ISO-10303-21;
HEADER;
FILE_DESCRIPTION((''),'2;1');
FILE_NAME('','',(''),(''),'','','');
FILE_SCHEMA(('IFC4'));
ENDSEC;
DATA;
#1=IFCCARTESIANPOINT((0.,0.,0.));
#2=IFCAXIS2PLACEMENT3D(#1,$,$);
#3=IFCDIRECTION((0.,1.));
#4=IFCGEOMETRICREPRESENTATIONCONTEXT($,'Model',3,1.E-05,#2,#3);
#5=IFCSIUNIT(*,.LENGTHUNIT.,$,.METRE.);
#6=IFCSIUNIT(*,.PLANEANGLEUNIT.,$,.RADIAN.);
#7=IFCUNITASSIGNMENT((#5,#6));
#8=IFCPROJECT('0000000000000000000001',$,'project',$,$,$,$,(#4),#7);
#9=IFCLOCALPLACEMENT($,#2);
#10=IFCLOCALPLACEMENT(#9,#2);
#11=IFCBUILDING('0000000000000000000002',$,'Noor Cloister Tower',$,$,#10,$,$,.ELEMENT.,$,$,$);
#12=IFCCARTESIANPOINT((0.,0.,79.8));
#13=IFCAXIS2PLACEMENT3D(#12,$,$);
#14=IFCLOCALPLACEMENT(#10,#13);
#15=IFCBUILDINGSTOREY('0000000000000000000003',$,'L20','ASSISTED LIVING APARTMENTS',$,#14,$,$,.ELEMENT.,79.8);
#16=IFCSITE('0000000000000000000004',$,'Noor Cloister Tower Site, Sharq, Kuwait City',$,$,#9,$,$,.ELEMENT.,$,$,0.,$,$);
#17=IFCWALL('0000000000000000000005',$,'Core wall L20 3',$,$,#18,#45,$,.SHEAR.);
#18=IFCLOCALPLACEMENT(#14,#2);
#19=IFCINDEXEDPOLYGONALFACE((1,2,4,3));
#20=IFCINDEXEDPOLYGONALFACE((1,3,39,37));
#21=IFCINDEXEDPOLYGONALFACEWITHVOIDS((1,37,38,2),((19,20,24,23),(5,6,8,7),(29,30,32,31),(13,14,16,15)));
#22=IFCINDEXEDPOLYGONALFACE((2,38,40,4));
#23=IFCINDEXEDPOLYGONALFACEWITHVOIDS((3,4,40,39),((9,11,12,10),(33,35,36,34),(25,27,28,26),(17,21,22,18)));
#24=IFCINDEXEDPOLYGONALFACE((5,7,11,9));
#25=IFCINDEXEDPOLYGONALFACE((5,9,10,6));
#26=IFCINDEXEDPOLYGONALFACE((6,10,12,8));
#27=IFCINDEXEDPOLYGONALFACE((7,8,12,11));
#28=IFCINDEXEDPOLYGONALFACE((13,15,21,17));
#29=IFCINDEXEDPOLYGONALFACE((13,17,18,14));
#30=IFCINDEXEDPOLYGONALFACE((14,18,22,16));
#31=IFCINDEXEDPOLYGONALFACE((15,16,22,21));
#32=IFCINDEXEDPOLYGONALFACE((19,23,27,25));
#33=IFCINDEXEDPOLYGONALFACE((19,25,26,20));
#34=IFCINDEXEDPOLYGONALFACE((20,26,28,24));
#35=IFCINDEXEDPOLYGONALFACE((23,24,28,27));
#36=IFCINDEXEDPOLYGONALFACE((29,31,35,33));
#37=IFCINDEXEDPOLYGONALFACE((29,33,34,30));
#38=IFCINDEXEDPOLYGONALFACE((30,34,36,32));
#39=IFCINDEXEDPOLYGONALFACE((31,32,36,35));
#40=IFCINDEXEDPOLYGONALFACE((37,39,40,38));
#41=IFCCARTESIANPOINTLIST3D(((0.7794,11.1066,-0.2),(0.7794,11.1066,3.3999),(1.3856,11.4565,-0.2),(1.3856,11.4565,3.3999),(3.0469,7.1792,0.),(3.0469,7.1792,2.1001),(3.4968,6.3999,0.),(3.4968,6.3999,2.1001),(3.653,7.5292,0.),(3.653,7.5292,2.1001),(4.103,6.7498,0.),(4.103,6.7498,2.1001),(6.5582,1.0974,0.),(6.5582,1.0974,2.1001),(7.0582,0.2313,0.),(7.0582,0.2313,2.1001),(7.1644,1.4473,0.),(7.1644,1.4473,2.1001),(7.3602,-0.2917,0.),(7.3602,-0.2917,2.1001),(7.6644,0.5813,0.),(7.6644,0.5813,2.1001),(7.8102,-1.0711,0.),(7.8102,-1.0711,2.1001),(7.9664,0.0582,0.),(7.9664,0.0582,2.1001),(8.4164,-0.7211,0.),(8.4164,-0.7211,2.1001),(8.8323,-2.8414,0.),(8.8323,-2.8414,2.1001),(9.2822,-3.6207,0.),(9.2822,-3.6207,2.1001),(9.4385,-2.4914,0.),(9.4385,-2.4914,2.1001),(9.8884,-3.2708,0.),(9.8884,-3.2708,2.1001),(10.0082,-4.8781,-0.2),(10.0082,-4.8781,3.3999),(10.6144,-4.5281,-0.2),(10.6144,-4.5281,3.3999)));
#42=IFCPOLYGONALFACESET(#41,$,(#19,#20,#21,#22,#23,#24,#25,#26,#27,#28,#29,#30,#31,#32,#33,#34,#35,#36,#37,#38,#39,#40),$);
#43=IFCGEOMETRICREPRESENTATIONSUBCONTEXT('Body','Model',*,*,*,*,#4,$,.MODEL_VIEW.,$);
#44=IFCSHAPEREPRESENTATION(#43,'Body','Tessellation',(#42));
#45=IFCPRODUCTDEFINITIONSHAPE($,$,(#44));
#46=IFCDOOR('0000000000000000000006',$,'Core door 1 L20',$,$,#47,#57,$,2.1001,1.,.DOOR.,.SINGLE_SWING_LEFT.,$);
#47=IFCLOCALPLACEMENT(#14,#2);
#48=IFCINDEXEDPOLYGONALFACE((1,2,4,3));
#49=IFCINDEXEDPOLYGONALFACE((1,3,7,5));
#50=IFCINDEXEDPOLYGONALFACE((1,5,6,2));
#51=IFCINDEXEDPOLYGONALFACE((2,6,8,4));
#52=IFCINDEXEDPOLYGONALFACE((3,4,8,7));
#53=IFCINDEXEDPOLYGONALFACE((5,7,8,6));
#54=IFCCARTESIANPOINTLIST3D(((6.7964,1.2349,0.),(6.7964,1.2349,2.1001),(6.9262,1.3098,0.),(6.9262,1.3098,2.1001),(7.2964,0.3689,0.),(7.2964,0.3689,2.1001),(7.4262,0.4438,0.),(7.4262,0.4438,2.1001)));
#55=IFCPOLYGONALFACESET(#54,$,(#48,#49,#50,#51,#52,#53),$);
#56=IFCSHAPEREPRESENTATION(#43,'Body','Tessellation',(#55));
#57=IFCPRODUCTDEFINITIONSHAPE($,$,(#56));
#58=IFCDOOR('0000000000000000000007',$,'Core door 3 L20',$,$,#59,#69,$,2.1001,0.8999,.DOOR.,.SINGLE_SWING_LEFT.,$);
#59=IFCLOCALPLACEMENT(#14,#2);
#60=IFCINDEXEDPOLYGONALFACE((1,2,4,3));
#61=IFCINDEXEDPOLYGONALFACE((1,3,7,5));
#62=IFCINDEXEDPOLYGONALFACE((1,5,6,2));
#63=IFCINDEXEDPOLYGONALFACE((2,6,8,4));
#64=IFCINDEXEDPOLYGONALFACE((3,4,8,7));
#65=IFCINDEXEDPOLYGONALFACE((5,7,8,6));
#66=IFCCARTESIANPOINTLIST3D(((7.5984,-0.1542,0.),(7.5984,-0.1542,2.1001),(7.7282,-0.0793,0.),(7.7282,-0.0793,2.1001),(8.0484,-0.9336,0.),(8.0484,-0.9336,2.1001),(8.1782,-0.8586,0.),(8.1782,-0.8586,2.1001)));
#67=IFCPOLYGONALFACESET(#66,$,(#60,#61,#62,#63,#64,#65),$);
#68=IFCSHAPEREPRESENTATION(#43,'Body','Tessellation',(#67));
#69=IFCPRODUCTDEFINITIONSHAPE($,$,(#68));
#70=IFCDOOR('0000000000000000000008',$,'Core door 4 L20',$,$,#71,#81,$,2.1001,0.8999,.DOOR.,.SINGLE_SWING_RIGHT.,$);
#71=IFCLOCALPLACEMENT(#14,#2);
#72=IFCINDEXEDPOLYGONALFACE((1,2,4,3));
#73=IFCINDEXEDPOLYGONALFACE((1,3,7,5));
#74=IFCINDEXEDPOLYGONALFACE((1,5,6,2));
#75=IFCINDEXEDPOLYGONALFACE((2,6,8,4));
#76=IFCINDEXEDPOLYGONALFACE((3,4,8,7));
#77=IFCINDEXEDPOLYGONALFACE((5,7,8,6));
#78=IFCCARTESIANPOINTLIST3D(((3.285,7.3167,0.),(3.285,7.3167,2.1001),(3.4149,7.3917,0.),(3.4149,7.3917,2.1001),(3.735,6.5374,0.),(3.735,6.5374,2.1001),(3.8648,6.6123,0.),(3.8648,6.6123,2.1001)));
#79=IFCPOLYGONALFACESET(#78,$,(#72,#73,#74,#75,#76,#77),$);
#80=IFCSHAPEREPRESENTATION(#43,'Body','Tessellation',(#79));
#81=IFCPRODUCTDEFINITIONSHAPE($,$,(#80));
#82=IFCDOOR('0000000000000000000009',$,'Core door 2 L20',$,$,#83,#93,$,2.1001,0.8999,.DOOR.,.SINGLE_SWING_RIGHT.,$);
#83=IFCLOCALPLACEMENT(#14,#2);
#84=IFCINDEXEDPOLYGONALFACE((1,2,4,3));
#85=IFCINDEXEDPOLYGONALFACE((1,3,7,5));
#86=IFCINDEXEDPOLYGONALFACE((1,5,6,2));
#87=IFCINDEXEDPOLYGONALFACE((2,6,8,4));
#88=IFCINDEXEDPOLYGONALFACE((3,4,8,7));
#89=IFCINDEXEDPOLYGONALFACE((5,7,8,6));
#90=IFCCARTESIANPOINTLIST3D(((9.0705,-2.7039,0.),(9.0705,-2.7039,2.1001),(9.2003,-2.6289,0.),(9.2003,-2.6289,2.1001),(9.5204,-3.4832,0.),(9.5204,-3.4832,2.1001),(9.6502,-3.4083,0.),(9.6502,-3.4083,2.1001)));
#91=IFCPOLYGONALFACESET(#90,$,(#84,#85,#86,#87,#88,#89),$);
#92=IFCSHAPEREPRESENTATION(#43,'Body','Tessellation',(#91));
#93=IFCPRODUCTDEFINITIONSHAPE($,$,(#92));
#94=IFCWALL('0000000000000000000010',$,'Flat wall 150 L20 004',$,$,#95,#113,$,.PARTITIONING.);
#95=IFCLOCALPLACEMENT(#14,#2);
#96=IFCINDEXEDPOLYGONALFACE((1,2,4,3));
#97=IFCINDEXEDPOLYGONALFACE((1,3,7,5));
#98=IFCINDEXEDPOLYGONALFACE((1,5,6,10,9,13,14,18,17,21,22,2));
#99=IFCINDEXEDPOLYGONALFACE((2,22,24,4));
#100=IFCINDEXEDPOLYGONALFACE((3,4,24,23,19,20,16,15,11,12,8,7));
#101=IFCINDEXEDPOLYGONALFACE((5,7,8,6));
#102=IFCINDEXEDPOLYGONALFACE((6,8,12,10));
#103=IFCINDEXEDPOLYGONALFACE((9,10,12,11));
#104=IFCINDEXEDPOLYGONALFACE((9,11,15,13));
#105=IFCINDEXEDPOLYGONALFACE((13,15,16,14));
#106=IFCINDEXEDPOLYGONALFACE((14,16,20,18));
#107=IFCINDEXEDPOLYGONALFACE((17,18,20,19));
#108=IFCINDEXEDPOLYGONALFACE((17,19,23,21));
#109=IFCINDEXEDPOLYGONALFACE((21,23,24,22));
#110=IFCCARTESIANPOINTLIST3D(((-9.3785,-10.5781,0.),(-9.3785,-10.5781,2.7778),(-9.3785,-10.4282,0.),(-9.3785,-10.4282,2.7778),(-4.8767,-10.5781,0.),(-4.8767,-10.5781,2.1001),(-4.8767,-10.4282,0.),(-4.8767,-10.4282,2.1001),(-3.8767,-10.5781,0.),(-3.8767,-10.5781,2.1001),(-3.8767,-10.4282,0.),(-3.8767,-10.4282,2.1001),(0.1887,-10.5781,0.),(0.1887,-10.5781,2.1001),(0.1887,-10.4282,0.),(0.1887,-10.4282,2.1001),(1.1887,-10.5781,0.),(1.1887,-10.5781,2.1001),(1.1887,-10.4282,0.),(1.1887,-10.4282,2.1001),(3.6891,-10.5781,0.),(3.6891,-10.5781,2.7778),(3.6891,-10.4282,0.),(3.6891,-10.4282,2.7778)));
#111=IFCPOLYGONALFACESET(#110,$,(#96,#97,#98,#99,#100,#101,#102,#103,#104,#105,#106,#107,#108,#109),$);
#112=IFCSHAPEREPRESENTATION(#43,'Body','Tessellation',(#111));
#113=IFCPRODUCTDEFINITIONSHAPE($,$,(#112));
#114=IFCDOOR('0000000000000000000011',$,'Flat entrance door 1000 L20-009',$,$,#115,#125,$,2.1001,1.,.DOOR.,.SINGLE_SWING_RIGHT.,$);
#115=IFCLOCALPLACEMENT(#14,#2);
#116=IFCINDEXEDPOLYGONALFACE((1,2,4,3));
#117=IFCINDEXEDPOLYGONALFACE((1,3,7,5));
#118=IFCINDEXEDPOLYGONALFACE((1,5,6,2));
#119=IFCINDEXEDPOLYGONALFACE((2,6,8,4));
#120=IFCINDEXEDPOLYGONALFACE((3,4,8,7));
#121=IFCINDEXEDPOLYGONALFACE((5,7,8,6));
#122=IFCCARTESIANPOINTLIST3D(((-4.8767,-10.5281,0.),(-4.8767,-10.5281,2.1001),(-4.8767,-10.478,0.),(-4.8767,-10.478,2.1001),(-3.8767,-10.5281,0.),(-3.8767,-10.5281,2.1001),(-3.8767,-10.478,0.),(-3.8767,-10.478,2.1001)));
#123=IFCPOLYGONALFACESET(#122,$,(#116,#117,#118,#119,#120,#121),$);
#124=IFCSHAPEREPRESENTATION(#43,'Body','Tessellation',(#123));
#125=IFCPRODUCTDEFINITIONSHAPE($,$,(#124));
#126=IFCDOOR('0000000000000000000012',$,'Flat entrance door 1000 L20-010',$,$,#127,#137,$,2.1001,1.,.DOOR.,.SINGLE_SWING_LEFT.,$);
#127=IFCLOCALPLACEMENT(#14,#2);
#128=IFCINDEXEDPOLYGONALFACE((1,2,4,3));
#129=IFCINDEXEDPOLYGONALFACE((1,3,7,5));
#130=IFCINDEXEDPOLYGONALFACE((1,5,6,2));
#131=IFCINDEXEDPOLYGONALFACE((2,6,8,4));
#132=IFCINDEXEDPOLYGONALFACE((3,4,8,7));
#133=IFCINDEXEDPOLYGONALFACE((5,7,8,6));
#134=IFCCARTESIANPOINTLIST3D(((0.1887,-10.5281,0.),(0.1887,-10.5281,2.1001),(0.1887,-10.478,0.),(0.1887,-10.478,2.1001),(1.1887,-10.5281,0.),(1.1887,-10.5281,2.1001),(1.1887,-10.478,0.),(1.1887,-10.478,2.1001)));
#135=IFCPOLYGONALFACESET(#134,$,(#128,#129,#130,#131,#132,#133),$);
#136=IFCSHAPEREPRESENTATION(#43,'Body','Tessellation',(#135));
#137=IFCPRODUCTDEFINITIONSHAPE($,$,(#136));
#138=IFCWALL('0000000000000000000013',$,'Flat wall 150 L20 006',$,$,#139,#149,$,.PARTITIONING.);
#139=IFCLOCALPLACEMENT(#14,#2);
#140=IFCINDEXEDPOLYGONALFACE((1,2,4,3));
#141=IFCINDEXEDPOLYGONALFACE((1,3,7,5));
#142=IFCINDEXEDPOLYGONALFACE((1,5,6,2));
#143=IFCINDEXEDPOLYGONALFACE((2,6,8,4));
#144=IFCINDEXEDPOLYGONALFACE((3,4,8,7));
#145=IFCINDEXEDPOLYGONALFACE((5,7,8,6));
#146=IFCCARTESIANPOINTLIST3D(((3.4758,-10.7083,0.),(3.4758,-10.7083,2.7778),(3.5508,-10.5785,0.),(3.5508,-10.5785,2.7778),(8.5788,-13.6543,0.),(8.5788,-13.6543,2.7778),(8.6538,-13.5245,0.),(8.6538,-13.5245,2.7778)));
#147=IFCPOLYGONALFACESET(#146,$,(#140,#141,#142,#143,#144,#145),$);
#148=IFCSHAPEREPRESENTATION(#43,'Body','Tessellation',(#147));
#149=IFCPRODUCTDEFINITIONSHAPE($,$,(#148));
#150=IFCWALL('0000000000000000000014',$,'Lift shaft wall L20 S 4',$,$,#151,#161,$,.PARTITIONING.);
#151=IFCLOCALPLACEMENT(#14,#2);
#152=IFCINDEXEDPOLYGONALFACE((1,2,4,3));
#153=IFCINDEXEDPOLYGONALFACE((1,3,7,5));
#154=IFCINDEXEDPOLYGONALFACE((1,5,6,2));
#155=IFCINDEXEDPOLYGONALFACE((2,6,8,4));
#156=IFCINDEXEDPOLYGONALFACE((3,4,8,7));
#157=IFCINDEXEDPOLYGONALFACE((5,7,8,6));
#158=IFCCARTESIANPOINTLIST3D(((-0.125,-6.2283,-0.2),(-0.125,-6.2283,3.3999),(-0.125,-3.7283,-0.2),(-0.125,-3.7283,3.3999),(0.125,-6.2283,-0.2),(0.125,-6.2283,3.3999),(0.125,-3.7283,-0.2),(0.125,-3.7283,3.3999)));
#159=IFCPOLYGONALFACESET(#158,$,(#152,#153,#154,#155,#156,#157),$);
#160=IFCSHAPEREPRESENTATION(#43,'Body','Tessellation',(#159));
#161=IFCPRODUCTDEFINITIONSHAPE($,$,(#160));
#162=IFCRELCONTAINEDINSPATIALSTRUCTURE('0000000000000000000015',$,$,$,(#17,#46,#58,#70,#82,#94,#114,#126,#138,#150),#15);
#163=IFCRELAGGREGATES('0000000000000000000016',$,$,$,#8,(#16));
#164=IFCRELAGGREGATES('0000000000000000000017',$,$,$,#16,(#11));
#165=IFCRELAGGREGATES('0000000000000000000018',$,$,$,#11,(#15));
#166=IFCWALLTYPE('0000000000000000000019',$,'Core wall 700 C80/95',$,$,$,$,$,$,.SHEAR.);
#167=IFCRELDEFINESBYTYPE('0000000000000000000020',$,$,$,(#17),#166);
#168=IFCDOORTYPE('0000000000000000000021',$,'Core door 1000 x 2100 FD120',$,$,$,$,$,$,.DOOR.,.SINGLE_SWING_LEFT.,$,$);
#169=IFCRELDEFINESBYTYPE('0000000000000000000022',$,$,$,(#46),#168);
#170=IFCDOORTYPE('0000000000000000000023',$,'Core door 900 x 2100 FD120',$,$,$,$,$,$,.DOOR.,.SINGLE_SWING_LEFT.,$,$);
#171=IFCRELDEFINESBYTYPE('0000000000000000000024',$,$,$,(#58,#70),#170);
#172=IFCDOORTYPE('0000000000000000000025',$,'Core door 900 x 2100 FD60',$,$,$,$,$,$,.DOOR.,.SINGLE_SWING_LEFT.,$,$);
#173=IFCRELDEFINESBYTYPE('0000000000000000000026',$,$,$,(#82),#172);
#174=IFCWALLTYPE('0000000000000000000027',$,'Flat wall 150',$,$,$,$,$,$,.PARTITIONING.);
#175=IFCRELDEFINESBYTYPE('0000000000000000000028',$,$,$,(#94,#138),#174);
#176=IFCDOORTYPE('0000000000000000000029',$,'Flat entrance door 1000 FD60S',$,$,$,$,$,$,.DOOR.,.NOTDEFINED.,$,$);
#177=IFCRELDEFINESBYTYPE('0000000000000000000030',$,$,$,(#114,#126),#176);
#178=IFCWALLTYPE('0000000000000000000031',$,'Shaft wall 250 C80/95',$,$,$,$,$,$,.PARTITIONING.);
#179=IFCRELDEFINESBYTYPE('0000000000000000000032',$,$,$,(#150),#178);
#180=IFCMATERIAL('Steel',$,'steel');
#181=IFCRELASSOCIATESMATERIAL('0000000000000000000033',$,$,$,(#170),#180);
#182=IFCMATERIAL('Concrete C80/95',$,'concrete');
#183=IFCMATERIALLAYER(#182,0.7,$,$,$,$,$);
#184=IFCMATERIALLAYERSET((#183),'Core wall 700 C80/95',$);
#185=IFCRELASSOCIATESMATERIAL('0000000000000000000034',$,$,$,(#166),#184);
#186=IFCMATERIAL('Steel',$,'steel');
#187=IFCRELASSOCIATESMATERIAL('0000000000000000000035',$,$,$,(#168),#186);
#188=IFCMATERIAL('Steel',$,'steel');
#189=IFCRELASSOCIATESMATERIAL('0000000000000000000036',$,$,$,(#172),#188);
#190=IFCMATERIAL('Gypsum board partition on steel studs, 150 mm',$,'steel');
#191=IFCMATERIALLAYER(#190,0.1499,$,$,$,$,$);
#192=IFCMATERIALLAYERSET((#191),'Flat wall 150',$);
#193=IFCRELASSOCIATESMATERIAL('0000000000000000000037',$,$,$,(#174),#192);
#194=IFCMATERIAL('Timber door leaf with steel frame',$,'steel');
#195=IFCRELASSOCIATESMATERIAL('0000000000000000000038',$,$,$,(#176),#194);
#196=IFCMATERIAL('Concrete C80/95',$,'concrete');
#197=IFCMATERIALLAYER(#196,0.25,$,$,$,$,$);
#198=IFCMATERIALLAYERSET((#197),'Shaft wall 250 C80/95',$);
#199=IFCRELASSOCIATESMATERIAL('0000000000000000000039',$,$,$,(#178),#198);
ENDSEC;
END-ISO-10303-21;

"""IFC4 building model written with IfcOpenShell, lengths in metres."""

from ifc_helpers import new_model, si_unit, direction, frame, frame_2d, origin, place, context, subcontext, project, spatial, rectangle, extrude, material, layer, layer_set, type_object, element, fill, save


model = new_model("IFC4")

# Units and contexts
model_context = context("Model", 3, precision=1e-05, world=origin(), true_north=direction((0.0, 1.0)))
body_context = subcontext(model_context, "Body", "Model", "MODEL_VIEW")
ifc_project = project(units=[si_unit("LENGTHUNIT", "METRE"), si_unit("PLANEANGLEUNIT", "RADIAN")], contexts=[model_context])

# Site, building, storey
site_placement = place(None, origin())
site = spatial("IfcSite", under=ifc_project, at=site_placement, Name="Noor Cloister Tower Site, Sharq, Kuwait City", CompositionType="ELEMENT", RefElevation=0.0)
building_placement = place(site_placement, origin())
building = spatial("IfcBuilding", under=site, at=building_placement, Name="Noor Cloister Tower", CompositionType="ELEMENT")
storey_placement = place(building_placement, frame((0.0, 0.0, 79.8)))
storey = spatial("IfcBuildingStorey", under=building, at=storey_placement, Name="L20", Description="ASSISTED LIVING APARTMENTS", CompositionType="ELEMENT", Elevation=79.8)

# Shared definitions
ifc_material_1 = material(Name="Steel", Category="steel")
door_type_1 = type_object("IfcDoorType", Name="Core door 900 x 2100 FD120", OperationType="SINGLE_SWING_LEFT", PredefinedType="DOOR", material=ifc_material_1)

# Shared definitions
ifc_material_2 = material(Name="Concrete C80/95", Category="concrete")
ifc_layer_1 = layer(ifc_material_2, 0.7)
ifc_layer_set_1 = layer_set([ifc_layer_1], Name="Core wall 700 C80/95")
wall_type_1 = type_object("IfcWallType", Name="Core wall 700 C80/95", PredefinedType="SHEAR", material=ifc_layer_set_1)

# Walls, openings, doors
wall_1_placement = place(storey_placement, frame((10.3113, -4.7031, -0.2), z_axis=(0.0, 0.0, 1.0), x_axis=(-0.500001, 0.866025, 0.0)))
wall_1 = element("IfcWall", 1, at=wall_1_placement, inside=storey, type_object=wall_type_1, Name="Core wall L20 3", PredefinedType="SHEAR", context=body_context, shape_type="SweptSolid", body=[
    extrude(rectangle(XDim=18.4575, YDim=0.7, at=frame_2d((9.2288, 0.0))), origin(), (0.0, 0.0, 1.0), 3.5999),
])
opening_1_placement = place(wall_1_placement, frame((5.8999, 0.0, 0.2)))
opening_1 = element("IfcOpeningElement", 2, at=opening_1_placement, cuts=wall_1, PredefinedType="OPENING", context=body_context, shape_type="SweptSolid", body=[
    extrude(rectangle(XDim=1.0, YDim=2.1001, at=frame_2d((0.5, 1.05))), frame((0.0, 0.3599, 0.0), z_axis=(0.0, -1.0, 0.0), x_axis=(1.0, 0.0, 0.0)), (0.0, 0.0, 1.0), 0.72),
])
opening_2_placement = place(wall_1_placement, frame((1.4519, 0.0, 0.2)))
opening_2 = element("IfcOpeningElement", 3, at=opening_2_placement, cuts=wall_1, PredefinedType="OPENING", context=body_context, shape_type="SweptSolid", body=[
    extrude(rectangle(XDim=0.8999, YDim=2.1001, at=frame_2d((0.45, 1.05))), frame((0.0, 0.3599, 0.0), z_axis=(0.0, -1.0, 0.0), x_axis=(1.0, 0.0, 0.0)), (0.0, 0.0, 1.0), 0.72),
])
opening_3_placement = place(wall_1_placement, frame((4.396, 0.0, 0.2)))
opening_3 = element("IfcOpeningElement", 4, at=opening_3_placement, cuts=wall_1, PredefinedType="OPENING", context=body_context, shape_type="SweptSolid", body=[
    extrude(rectangle(XDim=0.8999, YDim=2.1001, at=frame_2d((0.45, 1.05))), frame((0.0, 0.3599, 0.0), z_axis=(0.0, -1.0, 0.0), x_axis=(1.0, 0.0, 0.0)), (0.0, 0.0, 1.0), 0.72),
])
opening_4_placement = place(wall_1_placement, frame((13.0227, 0.0, 0.2)))
opening_4 = element("IfcOpeningElement", 5, at=opening_4_placement, cuts=wall_1, PredefinedType="OPENING", context=body_context, shape_type="SweptSolid", body=[
    extrude(rectangle(XDim=0.8999, YDim=2.1001, at=frame_2d((0.45, 1.05))), frame((0.0, 0.3599, 0.0), z_axis=(0.0, -1.0, 0.0), x_axis=(1.0, 0.0, 0.0)), (0.0, 0.0, 1.0), 0.72),
])
ifc_material_3 = material(Name="Steel", Category="steel")
door_type_2 = type_object("IfcDoorType", Name="Core door 1000 x 2100 FD120", OperationType="SINGLE_SWING_LEFT", PredefinedType="DOOR", material=ifc_material_3)
door_1_placement = place(opening_1_placement, origin())
door_1 = element("IfcDoor", 6, at=door_1_placement, inside=storey, type_object=door_type_2, Name="Core door 1 L20", OperationType="SINGLE_SWING_LEFT", OverallHeight=2.1001, OverallWidth=1.0, PredefinedType="DOOR", context=body_context, shape_type="SweptSolid", body=[
    extrude(rectangle(XDim=1.0, YDim=2.1001, at=frame_2d((0.5, 1.05))), frame((0.0, 0.075, 0.0), z_axis=(0.0, -1.0, 0.0), x_axis=(1.0, 0.0, 0.0)), (0.0, 0.0, 1.0), 0.1499),
])
fill(opening_1, door_1)
door_2_placement = place(opening_3_placement, origin())
door_2 = element("IfcDoor", 7, at=door_2_placement, inside=storey, type_object=door_type_1, Name="Core door 3 L20", OperationType="SINGLE_SWING_LEFT", OverallHeight=2.1001, OverallWidth=0.8999, PredefinedType="DOOR", context=body_context, shape_type="SweptSolid", body=[
    extrude(rectangle(XDim=0.8999, YDim=2.1001, at=frame_2d((0.45, 1.05))), frame((0.0, 0.075, 0.0), z_axis=(0.0, -1.0, 0.0), x_axis=(1.0, 0.0, 0.0)), (0.0, 0.0, 1.0), 0.1499),
])
fill(opening_3, door_2)
door_3_placement = place(opening_4_placement, origin())
door_3 = element("IfcDoor", 8, at=door_3_placement, inside=storey, type_object=door_type_1, Name="Core door 4 L20", OperationType="SINGLE_SWING_RIGHT", OverallHeight=2.1001, OverallWidth=0.8999, PredefinedType="DOOR", context=body_context, shape_type="SweptSolid", body=[
    extrude(rectangle(XDim=0.8999, YDim=2.1001, at=frame_2d((0.45, 1.05))), frame((0.0, 0.075, 0.0), z_axis=(0.0, -1.0, 0.0), x_axis=(1.0, 0.0, 0.0)), (0.0, 0.0, 1.0), 0.1499),
])
fill(opening_4, door_3)
ifc_material_4 = material(Name="Steel", Category="steel")
door_type_3 = type_object("IfcDoorType", Name="Core door 900 x 2100 FD60", OperationType="SINGLE_SWING_LEFT", PredefinedType="DOOR", material=ifc_material_4)
door_4_placement = place(opening_2_placement, origin())
door_4 = element("IfcDoor", 9, at=door_4_placement, inside=storey, type_object=door_type_3, Name="Core door 2 L20", OperationType="SINGLE_SWING_RIGHT", OverallHeight=2.1001, OverallWidth=0.8999, PredefinedType="DOOR", context=body_context, shape_type="SweptSolid", body=[
    extrude(rectangle(XDim=0.8999, YDim=2.1001, at=frame_2d((0.45, 1.05))), frame((0.0, 0.075, 0.0), z_axis=(0.0, -1.0, 0.0), x_axis=(1.0, 0.0, 0.0)), (0.0, 0.0, 1.0), 0.1499),
])
fill(opening_2, door_4)
ifc_material_5 = material(Name="Gypsum board partition on steel studs, 150 mm", Category="steel")
ifc_layer_2 = layer(ifc_material_5, 0.1499)
ifc_layer_set_2 = layer_set([ifc_layer_2], Name="Flat wall 150")
wall_type_2 = type_object("IfcWallType", Name="Flat wall 150", PredefinedType="PARTITIONING", material=ifc_layer_set_2)
wall_2_placement = place(storey_placement, frame((3.689, -10.5032, 0.0), z_axis=(0.0, 0.0, 1.0), x_axis=(-1.0, 0.0, 0.0)))
wall_2 = element("IfcWall", 10, at=wall_2_placement, inside=storey, type_object=wall_type_2, Name="Flat wall 150 L20 004", PredefinedType="PARTITIONING", context=body_context, shape_type="SweptSolid", body=[
    extrude(rectangle(XDim=13.0676, YDim=0.1499, at=frame_2d((6.5337, 0.0))), origin(), (0.0, 0.0, 1.0), 2.7778),
])
opening_5_placement = place(wall_2_placement, frame((7.5657, 0.0, 0.0)))
opening_5 = element("IfcOpeningElement", 11, at=opening_5_placement, cuts=wall_2, PredefinedType="OPENING", context=body_context, shape_type="SweptSolid", body=[
    extrude(rectangle(XDim=1.0, YDim=2.1001, at=frame_2d((0.5, 1.05))), frame((0.0, 0.085, 0.0), z_axis=(0.0, -1.0, 0.0), x_axis=(1.0, 0.0, 0.0)), (0.0, 0.0, 1.0), 0.1699),
])
opening_6_placement = place(wall_2_placement, frame((2.5002, 0.0, 0.0)))
opening_6 = element("IfcOpeningElement", 12, at=opening_6_placement, cuts=wall_2, PredefinedType="OPENING", context=body_context, shape_type="SweptSolid", body=[
    extrude(rectangle(XDim=1.0, YDim=2.1001, at=frame_2d((0.5, 1.05))), frame((0.0, 0.085, 0.0), z_axis=(0.0, -1.0, 0.0), x_axis=(1.0, 0.0, 0.0)), (0.0, 0.0, 1.0), 0.1699),
])
ifc_material_6 = material(Name="Timber door leaf with steel frame", Category="steel")
door_type_4 = type_object("IfcDoorType", Name="Flat entrance door 1000 FD60S", OperationType="NOTDEFINED", PredefinedType="DOOR", material=ifc_material_6)
door_5_placement = place(opening_5_placement, origin())
door_5 = element("IfcDoor", 13, at=door_5_placement, inside=storey, type_object=door_type_4, Name="Flat entrance door 1000 L20-009", OperationType="SINGLE_SWING_RIGHT", OverallHeight=2.1001, OverallWidth=1.0, PredefinedType="DOOR", context=body_context, shape_type="SweptSolid", body=[
    extrude(rectangle(XDim=1.0, YDim=2.1001, at=frame_2d((0.5, 1.05))), frame((0.0, 0.0249, 0.0), z_axis=(0.0, -1.0, 0.0), x_axis=(1.0, 0.0, 0.0)), (0.0, 0.0, 1.0), 0.05),
])
fill(opening_5, door_5)
door_6_placement = place(opening_6_placement, origin())
door_6 = element("IfcDoor", 14, at=door_6_placement, inside=storey, type_object=door_type_4, Name="Flat entrance door 1000 L20-010", OperationType="SINGLE_SWING_LEFT", OverallHeight=2.1001, OverallWidth=1.0, PredefinedType="DOOR", context=body_context, shape_type="SweptSolid", body=[
    extrude(rectangle(XDim=1.0, YDim=2.1001, at=frame_2d((0.5, 1.05))), frame((0.0, 0.0249, 0.0), z_axis=(0.0, -1.0, 0.0), x_axis=(1.0, 0.0, 0.0)), (0.0, 0.0, 1.0), 0.05),
])
fill(opening_6, door_6)

# Walls
wall_3_placement = place(storey_placement, frame((3.5132, -10.6433, 0.0), z_axis=(0.0, 0.0, 1.0), x_axis=(0.866039, -0.499976, 0.0)))
element("IfcWall", 15, at=wall_3_placement, inside=storey, type_object=wall_type_2, Name="Flat wall 150 L20 006", PredefinedType="PARTITIONING", context=body_context, shape_type="SweptSolid", body=[
    extrude(rectangle(XDim=5.8923, YDim=0.1499, at=frame_2d((2.9463, 0.0))), origin(), (0.0, 0.0, 1.0), 2.7778),
])
ifc_material_7 = material(Name="Concrete C80/95", Category="concrete")
ifc_layer_3 = layer(ifc_material_7, 0.25)
ifc_layer_set_3 = layer_set([ifc_layer_3], Name="Shaft wall 250 C80/95")
wall_type_3 = type_object("IfcWallType", Name="Shaft wall 250 C80/95", PredefinedType="PARTITIONING", material=ifc_layer_set_3)
for number, where, z_axis, x_axis, name in (
    (16, (0.0, -6.2283, -0.2), (0.0, 0.0, 1.0), (0.0, 1.0, 0.0), "Lift shaft wall L20 S 4"),
):
    element("IfcWall", number, at=place(storey_placement, frame(where, z_axis=z_axis, x_axis=x_axis)), inside=storey, type_object=wall_type_3, Name=name, PredefinedType="PARTITIONING", context=body_context, shape_type="SweptSolid", body=[
        extrude(rectangle(XDim=2.5, YDim=0.25, at=frame_2d((1.25, 0.0))), origin(), (0.0, 0.0, 1.0), 3.5999),
    ])

save(model, "model.ifc")
